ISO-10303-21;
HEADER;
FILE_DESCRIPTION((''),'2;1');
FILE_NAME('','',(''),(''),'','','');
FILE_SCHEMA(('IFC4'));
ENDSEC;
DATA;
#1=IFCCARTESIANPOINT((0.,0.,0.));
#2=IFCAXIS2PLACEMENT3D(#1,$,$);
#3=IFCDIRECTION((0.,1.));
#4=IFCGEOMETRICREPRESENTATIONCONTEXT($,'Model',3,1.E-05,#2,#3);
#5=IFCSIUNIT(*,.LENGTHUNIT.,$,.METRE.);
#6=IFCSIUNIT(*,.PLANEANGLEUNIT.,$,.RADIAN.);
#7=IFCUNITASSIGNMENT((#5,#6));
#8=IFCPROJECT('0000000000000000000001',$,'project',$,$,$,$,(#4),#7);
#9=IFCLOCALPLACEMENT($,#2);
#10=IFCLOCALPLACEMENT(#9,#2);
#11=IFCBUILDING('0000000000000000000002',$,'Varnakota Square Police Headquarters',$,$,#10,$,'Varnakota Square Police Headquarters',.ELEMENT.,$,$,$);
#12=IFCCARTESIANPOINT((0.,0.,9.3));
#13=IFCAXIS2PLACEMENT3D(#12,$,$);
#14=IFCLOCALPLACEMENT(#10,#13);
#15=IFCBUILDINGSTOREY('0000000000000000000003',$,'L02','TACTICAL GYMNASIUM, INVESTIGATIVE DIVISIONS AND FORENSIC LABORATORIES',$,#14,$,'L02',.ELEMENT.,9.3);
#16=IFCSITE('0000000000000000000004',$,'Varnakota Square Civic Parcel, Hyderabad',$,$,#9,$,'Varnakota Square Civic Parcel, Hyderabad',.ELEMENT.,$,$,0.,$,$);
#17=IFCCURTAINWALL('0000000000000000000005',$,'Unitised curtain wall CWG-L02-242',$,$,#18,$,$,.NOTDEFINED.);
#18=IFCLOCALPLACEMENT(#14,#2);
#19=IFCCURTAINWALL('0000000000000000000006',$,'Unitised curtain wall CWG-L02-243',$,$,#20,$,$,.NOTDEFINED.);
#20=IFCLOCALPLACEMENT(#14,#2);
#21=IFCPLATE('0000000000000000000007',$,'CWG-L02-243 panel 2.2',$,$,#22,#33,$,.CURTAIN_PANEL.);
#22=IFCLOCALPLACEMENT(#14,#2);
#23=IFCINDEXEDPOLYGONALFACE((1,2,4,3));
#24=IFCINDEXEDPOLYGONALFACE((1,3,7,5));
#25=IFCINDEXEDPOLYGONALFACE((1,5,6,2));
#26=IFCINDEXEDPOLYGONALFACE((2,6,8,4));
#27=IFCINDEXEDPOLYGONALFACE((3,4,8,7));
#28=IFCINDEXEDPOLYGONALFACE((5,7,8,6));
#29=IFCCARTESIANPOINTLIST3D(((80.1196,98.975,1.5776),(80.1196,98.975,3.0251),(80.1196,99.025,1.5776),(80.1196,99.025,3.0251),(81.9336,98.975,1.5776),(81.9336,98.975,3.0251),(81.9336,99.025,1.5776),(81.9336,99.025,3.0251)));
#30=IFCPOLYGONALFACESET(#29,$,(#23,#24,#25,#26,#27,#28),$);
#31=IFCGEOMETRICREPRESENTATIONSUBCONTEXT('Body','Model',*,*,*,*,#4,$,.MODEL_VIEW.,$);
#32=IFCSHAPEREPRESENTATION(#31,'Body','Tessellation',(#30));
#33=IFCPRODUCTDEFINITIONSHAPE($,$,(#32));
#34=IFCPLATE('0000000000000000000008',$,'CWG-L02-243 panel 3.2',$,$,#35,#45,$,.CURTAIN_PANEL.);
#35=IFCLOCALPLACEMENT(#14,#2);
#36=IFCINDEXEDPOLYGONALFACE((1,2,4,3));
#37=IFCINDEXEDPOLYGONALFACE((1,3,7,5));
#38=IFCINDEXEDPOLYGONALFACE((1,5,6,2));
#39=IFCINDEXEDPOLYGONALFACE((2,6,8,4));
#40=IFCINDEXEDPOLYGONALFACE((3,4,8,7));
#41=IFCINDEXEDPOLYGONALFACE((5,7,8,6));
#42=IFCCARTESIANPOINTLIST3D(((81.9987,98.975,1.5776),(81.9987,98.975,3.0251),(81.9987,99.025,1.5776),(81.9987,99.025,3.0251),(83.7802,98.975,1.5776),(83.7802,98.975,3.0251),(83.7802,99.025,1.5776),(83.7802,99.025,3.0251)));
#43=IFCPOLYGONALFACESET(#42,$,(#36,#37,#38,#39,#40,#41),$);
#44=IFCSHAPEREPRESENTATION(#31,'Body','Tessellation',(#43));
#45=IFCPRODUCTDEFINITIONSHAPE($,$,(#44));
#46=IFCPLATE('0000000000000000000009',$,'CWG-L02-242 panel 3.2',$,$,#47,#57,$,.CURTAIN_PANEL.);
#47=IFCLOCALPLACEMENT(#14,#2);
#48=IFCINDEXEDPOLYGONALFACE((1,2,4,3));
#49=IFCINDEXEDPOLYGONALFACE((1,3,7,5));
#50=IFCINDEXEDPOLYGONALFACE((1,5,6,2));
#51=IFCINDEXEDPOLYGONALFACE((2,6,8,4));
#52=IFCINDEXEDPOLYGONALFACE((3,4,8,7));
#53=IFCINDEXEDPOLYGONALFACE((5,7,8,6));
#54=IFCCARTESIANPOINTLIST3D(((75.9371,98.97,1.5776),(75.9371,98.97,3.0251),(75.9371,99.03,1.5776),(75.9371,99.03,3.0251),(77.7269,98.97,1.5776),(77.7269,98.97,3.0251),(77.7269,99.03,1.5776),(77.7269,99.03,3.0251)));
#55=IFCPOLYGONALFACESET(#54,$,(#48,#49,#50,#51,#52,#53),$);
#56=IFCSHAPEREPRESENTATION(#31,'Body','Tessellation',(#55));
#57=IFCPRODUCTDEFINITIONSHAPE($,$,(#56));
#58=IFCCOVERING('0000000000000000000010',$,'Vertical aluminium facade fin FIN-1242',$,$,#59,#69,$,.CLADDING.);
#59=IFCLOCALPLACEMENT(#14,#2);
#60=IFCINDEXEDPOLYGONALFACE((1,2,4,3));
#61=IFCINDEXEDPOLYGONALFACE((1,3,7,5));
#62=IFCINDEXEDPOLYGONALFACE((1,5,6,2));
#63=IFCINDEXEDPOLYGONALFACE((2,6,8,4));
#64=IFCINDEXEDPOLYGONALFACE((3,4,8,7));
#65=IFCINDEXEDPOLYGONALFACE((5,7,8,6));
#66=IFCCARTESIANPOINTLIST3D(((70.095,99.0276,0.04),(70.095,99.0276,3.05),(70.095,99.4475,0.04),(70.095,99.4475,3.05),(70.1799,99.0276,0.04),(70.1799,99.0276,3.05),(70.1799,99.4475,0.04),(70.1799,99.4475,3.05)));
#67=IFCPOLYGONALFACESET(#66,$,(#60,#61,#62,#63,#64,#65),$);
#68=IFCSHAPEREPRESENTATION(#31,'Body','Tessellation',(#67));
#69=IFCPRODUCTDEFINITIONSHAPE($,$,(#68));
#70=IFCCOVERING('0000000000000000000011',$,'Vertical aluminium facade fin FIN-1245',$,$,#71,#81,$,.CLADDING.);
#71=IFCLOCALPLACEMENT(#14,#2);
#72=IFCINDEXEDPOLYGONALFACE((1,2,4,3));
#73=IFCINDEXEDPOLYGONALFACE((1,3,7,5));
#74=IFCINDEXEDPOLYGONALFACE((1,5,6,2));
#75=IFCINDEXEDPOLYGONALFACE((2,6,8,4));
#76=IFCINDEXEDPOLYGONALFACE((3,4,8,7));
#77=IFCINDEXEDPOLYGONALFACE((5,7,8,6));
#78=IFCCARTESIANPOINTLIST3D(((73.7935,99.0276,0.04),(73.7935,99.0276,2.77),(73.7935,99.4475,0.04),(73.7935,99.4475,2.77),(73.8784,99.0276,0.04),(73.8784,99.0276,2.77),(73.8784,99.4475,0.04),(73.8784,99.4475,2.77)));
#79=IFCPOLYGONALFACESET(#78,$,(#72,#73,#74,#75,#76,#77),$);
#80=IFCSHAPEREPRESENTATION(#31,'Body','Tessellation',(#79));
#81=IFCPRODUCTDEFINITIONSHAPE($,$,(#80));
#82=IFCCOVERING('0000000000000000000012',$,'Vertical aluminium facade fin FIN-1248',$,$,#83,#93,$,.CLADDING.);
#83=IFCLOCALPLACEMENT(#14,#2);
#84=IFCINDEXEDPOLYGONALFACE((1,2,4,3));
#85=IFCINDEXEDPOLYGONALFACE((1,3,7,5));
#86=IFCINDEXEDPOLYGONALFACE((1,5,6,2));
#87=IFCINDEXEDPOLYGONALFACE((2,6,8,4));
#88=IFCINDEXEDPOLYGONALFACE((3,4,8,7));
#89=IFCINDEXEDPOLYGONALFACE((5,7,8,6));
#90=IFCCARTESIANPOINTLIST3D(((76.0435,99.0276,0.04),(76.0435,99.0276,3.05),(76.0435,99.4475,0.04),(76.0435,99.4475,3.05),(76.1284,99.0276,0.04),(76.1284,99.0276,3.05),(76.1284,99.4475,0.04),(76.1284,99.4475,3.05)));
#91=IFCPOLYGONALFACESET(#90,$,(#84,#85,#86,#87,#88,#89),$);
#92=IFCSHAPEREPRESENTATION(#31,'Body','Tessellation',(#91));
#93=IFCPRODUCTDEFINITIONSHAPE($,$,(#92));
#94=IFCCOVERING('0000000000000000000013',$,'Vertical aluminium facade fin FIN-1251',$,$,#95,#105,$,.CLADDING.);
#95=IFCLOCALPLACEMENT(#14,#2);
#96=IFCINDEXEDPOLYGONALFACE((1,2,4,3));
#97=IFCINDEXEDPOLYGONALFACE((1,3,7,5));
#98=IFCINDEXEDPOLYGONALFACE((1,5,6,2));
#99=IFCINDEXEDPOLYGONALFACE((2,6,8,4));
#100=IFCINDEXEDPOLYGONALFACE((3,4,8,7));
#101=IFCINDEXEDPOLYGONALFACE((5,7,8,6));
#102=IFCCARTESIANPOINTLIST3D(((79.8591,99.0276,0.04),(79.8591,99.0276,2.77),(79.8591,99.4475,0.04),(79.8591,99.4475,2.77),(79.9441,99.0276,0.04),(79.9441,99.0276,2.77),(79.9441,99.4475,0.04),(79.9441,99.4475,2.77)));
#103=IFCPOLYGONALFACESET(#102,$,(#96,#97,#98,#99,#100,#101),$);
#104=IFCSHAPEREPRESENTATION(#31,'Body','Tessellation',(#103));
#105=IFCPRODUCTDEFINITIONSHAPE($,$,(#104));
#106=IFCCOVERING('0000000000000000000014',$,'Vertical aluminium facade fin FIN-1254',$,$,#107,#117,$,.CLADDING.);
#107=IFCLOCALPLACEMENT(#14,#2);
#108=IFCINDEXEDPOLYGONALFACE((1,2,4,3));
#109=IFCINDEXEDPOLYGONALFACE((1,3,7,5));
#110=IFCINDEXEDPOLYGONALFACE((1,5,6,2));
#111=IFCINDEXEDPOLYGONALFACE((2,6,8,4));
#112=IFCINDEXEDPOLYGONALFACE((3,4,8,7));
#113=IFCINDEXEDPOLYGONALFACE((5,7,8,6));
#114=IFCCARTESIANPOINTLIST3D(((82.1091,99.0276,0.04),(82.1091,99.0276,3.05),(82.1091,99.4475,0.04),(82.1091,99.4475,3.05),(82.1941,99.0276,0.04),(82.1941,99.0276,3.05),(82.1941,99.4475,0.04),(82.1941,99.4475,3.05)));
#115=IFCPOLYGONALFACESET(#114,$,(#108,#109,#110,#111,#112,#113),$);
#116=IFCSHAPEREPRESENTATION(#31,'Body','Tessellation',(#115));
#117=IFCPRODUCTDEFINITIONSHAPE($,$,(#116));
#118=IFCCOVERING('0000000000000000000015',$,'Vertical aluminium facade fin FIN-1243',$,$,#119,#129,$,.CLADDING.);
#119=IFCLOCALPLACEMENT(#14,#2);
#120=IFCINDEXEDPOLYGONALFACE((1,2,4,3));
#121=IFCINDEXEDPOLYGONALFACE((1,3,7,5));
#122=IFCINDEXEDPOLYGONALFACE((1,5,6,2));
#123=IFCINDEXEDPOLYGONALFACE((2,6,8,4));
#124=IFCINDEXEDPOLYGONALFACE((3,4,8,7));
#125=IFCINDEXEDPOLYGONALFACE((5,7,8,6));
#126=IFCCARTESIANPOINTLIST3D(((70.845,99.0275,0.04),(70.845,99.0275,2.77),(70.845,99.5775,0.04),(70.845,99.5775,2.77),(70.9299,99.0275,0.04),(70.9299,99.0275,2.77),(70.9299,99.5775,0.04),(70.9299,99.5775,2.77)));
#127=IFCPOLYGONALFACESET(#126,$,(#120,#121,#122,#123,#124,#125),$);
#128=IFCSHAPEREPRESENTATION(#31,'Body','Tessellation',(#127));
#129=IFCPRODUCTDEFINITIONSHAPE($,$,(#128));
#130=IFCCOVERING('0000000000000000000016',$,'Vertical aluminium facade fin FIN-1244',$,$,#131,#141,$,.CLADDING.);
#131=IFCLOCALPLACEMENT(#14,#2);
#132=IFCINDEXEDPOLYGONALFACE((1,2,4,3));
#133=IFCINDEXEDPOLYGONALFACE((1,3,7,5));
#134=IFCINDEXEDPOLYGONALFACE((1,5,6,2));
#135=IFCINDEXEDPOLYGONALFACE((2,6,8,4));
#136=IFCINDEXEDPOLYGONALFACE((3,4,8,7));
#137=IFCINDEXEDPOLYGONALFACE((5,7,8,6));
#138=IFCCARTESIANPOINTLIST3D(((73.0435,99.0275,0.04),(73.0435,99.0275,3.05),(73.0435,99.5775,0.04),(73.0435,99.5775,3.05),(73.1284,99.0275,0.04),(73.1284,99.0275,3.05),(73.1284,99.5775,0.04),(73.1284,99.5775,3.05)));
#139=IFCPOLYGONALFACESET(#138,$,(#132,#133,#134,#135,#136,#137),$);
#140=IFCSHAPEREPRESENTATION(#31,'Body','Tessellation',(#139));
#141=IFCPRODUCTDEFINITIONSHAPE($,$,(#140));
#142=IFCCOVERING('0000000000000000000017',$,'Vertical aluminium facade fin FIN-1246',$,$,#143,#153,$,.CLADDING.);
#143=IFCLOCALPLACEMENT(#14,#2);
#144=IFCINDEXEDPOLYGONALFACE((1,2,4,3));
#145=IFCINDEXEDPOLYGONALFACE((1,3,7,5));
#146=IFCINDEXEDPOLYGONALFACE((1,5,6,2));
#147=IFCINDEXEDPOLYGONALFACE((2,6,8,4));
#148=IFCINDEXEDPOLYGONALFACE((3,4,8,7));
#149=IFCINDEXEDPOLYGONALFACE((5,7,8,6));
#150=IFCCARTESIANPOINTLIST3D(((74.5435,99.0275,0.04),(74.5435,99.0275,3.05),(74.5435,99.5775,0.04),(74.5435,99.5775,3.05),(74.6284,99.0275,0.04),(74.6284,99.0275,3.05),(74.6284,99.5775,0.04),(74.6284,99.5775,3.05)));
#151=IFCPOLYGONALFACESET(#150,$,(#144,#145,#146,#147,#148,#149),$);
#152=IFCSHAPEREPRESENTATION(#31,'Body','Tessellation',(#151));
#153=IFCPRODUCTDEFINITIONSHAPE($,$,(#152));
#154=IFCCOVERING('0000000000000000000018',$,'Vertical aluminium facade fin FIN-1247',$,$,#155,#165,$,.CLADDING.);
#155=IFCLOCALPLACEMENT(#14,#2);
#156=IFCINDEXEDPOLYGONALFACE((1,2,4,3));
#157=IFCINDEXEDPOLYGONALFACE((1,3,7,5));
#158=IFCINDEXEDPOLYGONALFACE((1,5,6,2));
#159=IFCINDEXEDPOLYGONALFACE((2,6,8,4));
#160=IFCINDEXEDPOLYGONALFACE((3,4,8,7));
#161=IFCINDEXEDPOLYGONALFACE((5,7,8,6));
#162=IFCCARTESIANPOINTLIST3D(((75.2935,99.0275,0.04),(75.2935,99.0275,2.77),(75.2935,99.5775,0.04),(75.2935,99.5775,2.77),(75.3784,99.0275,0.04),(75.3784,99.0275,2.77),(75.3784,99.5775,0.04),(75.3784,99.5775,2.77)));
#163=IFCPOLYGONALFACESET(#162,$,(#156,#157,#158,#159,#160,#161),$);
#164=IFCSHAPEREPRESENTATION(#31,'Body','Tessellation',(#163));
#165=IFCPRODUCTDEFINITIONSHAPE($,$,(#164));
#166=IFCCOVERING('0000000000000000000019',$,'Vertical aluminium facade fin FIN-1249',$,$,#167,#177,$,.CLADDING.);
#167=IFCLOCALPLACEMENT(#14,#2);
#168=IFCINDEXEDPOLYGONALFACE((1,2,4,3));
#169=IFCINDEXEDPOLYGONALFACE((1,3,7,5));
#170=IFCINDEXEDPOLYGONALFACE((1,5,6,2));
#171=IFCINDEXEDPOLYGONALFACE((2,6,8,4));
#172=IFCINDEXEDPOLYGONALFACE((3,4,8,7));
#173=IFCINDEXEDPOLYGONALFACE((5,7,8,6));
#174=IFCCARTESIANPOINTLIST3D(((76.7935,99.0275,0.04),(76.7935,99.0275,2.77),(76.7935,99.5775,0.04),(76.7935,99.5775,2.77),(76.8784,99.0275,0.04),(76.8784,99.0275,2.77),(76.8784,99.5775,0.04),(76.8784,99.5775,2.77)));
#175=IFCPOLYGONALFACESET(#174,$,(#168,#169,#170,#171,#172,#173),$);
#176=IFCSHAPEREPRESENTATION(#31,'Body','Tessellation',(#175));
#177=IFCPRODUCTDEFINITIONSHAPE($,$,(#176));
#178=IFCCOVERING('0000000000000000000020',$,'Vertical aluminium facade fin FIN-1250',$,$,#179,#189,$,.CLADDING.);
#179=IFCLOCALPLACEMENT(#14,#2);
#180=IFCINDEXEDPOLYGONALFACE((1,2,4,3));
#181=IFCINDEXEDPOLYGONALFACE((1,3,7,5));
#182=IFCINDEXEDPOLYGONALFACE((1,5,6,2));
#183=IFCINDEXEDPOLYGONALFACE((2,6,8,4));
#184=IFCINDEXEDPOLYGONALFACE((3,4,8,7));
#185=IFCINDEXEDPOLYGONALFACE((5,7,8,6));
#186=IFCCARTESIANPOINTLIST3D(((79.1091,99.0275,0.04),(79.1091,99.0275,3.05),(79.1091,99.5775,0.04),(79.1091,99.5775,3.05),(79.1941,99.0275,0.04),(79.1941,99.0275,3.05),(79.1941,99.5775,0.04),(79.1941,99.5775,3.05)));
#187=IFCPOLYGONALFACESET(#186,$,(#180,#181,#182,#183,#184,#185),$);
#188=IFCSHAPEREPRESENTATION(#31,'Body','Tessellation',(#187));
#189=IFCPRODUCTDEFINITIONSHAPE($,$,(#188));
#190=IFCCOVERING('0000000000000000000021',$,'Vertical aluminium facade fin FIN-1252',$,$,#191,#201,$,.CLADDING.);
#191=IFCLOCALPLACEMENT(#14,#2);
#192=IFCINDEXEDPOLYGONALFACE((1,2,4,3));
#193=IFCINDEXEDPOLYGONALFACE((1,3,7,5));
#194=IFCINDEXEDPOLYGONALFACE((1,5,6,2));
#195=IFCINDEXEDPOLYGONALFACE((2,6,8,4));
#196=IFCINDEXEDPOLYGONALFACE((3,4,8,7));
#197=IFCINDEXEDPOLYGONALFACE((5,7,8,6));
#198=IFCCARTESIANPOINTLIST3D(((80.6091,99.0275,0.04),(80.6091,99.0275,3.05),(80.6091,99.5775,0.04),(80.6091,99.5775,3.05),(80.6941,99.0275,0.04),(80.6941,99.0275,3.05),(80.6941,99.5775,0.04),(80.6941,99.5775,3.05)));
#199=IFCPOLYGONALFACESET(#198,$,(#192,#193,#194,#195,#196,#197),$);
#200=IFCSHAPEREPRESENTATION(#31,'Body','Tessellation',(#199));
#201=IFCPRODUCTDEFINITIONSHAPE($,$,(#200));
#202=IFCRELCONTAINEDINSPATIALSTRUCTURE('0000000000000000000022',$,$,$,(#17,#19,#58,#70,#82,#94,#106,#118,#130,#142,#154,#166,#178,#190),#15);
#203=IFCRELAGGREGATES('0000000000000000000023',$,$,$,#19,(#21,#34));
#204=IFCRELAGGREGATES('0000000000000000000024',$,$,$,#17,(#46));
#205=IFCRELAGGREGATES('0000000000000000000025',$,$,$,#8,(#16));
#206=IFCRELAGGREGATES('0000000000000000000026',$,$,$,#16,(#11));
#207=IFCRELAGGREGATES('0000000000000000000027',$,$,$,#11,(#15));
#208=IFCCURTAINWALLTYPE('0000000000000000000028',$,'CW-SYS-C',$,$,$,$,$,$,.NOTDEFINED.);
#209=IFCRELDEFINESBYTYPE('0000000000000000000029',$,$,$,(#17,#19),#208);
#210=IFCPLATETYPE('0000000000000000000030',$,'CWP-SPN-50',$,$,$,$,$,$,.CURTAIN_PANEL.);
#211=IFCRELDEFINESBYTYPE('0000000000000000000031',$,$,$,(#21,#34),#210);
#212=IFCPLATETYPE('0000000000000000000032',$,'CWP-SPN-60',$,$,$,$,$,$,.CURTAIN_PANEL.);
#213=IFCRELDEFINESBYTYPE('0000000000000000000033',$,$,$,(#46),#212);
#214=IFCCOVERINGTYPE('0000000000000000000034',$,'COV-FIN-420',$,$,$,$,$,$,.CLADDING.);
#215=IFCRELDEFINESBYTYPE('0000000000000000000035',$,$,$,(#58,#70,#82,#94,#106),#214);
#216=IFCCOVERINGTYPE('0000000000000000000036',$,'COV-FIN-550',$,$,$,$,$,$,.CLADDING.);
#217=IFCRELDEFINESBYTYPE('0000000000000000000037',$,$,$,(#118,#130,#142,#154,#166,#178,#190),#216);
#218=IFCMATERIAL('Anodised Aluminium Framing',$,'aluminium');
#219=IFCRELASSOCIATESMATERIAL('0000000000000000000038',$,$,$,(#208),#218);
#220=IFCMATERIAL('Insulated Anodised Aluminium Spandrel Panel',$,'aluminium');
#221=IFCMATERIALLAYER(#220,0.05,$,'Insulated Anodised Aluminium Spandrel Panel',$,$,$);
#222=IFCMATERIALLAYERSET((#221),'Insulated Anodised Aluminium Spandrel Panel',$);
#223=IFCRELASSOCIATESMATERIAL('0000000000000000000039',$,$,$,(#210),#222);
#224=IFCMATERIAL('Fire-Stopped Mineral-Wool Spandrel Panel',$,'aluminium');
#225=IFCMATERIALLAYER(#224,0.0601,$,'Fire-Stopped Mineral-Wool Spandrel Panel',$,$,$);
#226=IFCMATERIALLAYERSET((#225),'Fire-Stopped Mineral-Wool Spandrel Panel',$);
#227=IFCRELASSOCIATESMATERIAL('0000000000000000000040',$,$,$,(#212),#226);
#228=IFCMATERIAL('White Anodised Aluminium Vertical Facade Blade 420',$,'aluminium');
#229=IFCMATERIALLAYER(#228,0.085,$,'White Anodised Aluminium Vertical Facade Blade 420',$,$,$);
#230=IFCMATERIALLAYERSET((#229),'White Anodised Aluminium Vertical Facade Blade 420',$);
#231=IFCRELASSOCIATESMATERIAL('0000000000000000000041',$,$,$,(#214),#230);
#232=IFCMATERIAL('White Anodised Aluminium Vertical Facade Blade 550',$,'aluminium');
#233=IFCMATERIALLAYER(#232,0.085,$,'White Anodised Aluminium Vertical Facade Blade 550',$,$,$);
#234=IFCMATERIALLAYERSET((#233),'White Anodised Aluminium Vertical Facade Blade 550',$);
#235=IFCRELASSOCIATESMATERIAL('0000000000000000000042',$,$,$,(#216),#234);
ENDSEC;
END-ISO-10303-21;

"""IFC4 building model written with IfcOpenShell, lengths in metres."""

from ifc_helpers import new_model, si_unit, direction, frame, origin, origin_2d, place, context, subcontext, project, spatial, rectangle, extrude, material, layer, layer_set, type_object, element, aggregate, save


model = new_model("IFC4")

# Units and contexts
model_context = context("Model", 3, precision=1e-05, world=origin(), true_north=direction((0.0, 1.0)))
body_context = subcontext(model_context, "Body", "Model", "MODEL_VIEW")
ifc_project = project(units=[si_unit("LENGTHUNIT", "METRE"), si_unit("PLANEANGLEUNIT", "RADIAN")], contexts=[model_context])

# Site, building, storey
site_placement = place(None, origin())
site = spatial("IfcSite", under=ifc_project, at=site_placement, Name="Varnakota Square Civic Parcel, Hyderabad", LongName="Varnakota Square Civic Parcel, Hyderabad", CompositionType="ELEMENT", RefElevation=0.0)
building_placement = place(site_placement, origin())
building = spatial("IfcBuilding", under=site, at=building_placement, Name="Varnakota Square Police Headquarters", LongName="Varnakota Square Police Headquarters", CompositionType="ELEMENT")
storey_placement = place(building_placement, frame((0.0, 0.0, 9.3)))
storey = spatial("IfcBuildingStorey", under=building, at=storey_placement, Name="L02", Description="TACTICAL GYMNASIUM, INVESTIGATIVE DIVISIONS AND FORENSIC LABORATORIES", LongName="L02", CompositionType="ELEMENT", Elevation=9.3)

# Curtain wall
ifc_material_1 = material(Name="Anodised Aluminium Framing", Category="aluminium")
curtain_wall_type = type_object("IfcCurtainWallType", Name="CW-SYS-C", PredefinedType="NOTDEFINED", material=ifc_material_1)
curtain_wall_1_placement = place(storey_placement, origin())
curtain_wall_1 = element("IfcCurtainWall", 1, at=curtain_wall_1_placement, inside=storey, type_object=curtain_wall_type, Name="Unitised curtain wall CWG-L02-242", PredefinedType="NOTDEFINED")

# Curtain wall
curtain_wall_2_placement = place(storey_placement, origin())
curtain_wall_2 = element("IfcCurtainWall", 2, at=curtain_wall_2_placement, inside=storey, type_object=curtain_wall_type, Name="Unitised curtain wall CWG-L02-243", PredefinedType="NOTDEFINED")

# Plates
ifc_material_2 = material(Name="Insulated Anodised Aluminium Spandrel Panel", Category="aluminium")
ifc_layer_1 = layer(ifc_material_2, 0.05, Name="Insulated Anodised Aluminium Spandrel Panel")
ifc_layer_set_1 = layer_set([ifc_layer_1], Name="Insulated Anodised Aluminium Spandrel Panel")
plate_type_1 = type_object("IfcPlateType", Name="CWP-SPN-50", PredefinedType="CURTAIN_PANEL", material=ifc_layer_set_1)
plate_1_placement = place(storey_placement, frame((81.0266, 99.0, 1.5776), z_axis=(0.0, 0.0, 1.0), x_axis=(1.0, 0.0, 0.0)))
plate_1 = element("IfcPlate", 3, at=plate_1_placement, type_object=plate_type_1, Name="CWG-L02-243 panel 2.2", PredefinedType="CURTAIN_PANEL", context=body_context, shape_type="SweptSolid", body=[
    extrude(rectangle(XDim=1.814, YDim=0.05, at=origin_2d()), origin(), (0.0, 0.0, 1.0), 1.4475),
])
plate_2_placement = place(storey_placement, frame((82.8894, 99.0, 1.5776), z_axis=(0.0, 0.0, 1.0), x_axis=(1.0, 0.0, 0.0)))
plate_2 = element("IfcPlate", 4, at=plate_2_placement, type_object=plate_type_1, Name="CWG-L02-243 panel 3.2", PredefinedType="CURTAIN_PANEL", context=body_context, shape_type="SweptSolid", body=[
    extrude(rectangle(XDim=1.7815, YDim=0.05, at=origin_2d()), origin(), (0.0, 0.0, 1.0), 1.4475),
])
aggregate(curtain_wall_2, [plate_1, plate_2])
ifc_material_3 = material(Name="Fire-Stopped Mineral-Wool Spandrel Panel", Category="aluminium")
ifc_layer_2 = layer(ifc_material_3, 0.0601, Name="Fire-Stopped Mineral-Wool Spandrel Panel")
ifc_layer_set_2 = layer_set([ifc_layer_2], Name="Fire-Stopped Mineral-Wool Spandrel Panel")
plate_type_2 = type_object("IfcPlateType", Name="CWP-SPN-60", PredefinedType="CURTAIN_PANEL", material=ifc_layer_set_2)
plate_3_placement = place(storey_placement, frame((76.832, 99.0, 1.5776), z_axis=(0.0, 0.0, 1.0), x_axis=(1.0, 0.0, 0.0)))
plate_3 = element("IfcPlate", 5, at=plate_3_placement, type_object=plate_type_2, Name="CWG-L02-242 panel 3.2", PredefinedType="CURTAIN_PANEL", context=body_context, shape_type="SweptSolid", body=[
    extrude(rectangle(XDim=1.7898, YDim=0.0601, at=origin_2d()), origin(), (0.0, 0.0, 1.0), 1.4475),
])
aggregate(curtain_wall_1, [plate_3])

# Coverings
ifc_material_4 = material(Name="White Anodised Aluminium Vertical Facade Blade 420", Category="aluminium")
ifc_layer_3 = layer(ifc_material_4, 0.085, Name="White Anodised Aluminium Vertical Facade Blade 420")
ifc_layer_set_3 = layer_set([ifc_layer_3], Name="White Anodised Aluminium Vertical Facade Blade 420")
covering_type_1 = type_object("IfcCoveringType", Name="COV-FIN-420", PredefinedType="CLADDING", material=ifc_layer_set_3)
covering_1_placement = place(storey_placement, frame((70.1375, 99.2375, 0.04), z_axis=(0.0, 0.0, 1.0), x_axis=(1.0, 0.0, 0.0)))
element("IfcCovering", 6, at=covering_1_placement, inside=storey, type_object=covering_type_1, Name="Vertical aluminium facade fin FIN-1242", PredefinedType="CLADDING", context=body_context, shape_type="SweptSolid", body=[
    extrude(rectangle(XDim=0.085, YDim=0.4199, at=origin_2d()), origin(), (0.0, 0.0, 1.0), 3.01),
])
covering_2_placement = place(storey_placement, frame((73.8359, 99.2375, 0.04), z_axis=(0.0, 0.0, 1.0), x_axis=(1.0, 0.0, 0.0)))
element("IfcCovering", 7, at=covering_2_placement, inside=storey, type_object=covering_type_1, Name="Vertical aluminium facade fin FIN-1245", PredefinedType="CLADDING", context=body_context, shape_type="SweptSolid", body=[
    extrude(rectangle(XDim=0.085, YDim=0.4199, at=origin_2d()), origin(), (0.0, 0.0, 1.0), 2.73),
])
covering_3_placement = place(storey_placement, frame((76.0859, 99.2375, 0.04), z_axis=(0.0, 0.0, 1.0), x_axis=(1.0, 0.0, 0.0)))
element("IfcCovering", 8, at=covering_3_placement, inside=storey, type_object=covering_type_1, Name="Vertical aluminium facade fin FIN-1248", PredefinedType="CLADDING", context=body_context, shape_type="SweptSolid", body=[
    extrude(rectangle(XDim=0.085, YDim=0.4199, at=origin_2d()), origin(), (0.0, 0.0, 1.0), 3.01),
])
covering_4_placement = place(storey_placement, frame((79.9016, 99.2375, 0.04), z_axis=(0.0, 0.0, 1.0), x_axis=(1.0, 0.0, 0.0)))
element("IfcCovering", 9, at=covering_4_placement, inside=storey, type_object=covering_type_1, Name="Vertical aluminium facade fin FIN-1251", PredefinedType="CLADDING", context=body_context, shape_type="SweptSolid", body=[
    extrude(rectangle(XDim=0.085, YDim=0.4199, at=origin_2d()), origin(), (0.0, 0.0, 1.0), 2.73),
])
covering_5_placement = place(storey_placement, frame((82.1516, 99.2375, 0.04), z_axis=(0.0, 0.0, 1.0), x_axis=(1.0, 0.0, 0.0)))
element("IfcCovering", 10, at=covering_5_placement, inside=storey, type_object=covering_type_1, Name="Vertical aluminium facade fin FIN-1254", PredefinedType="CLADDING", context=body_context, shape_type="SweptSolid", body=[
    extrude(rectangle(XDim=0.085, YDim=0.4199, at=origin_2d()), origin(), (0.0, 0.0, 1.0), 3.01),
])
ifc_material_5 = material(Name="White Anodised Aluminium Vertical Facade Blade 550", Category="aluminium")
ifc_layer_4 = layer(ifc_material_5, 0.085, Name="White Anodised Aluminium Vertical Facade Blade 550")
ifc_layer_set_4 = layer_set([ifc_layer_4], Name="White Anodised Aluminium Vertical Facade Blade 550")
covering_type_2 = type_object("IfcCoveringType", Name="COV-FIN-550", PredefinedType="CLADDING", material=ifc_layer_set_4)
covering_6_placement = place(storey_placement, frame((70.8875, 99.3025, 0.04), z_axis=(0.0, 0.0, 1.0), x_axis=(1.0, 0.0, 0.0)))
element("IfcCovering", 11, at=covering_6_placement, inside=storey, type_object=covering_type_2, Name="Vertical aluminium facade fin FIN-1243", PredefinedType="CLADDING", context=body_context, shape_type="SweptSolid", body=[
    extrude(rectangle(XDim=0.085, YDim=0.55, at=origin_2d()), origin(), (0.0, 0.0, 1.0), 2.73),
])
for number, where, z_axis, x_axis, name in (
    (12, (73.0859, 99.3025, 0.04), (0.0, 0.0, 1.0), (1.0, 0.0, 0.0), "Vertical aluminium facade fin FIN-1244"),
    (13, (74.5859, 99.3025, 0.04), (0.0, 0.0, 1.0), (1.0, 0.0, 0.0), "Vertical aluminium facade fin FIN-1246"),
):
    element("IfcCovering", number, at=place(storey_placement, frame(where, z_axis=z_axis, x_axis=x_axis)), inside=storey, type_object=covering_type_2, Name=name, PredefinedType="CLADDING", context=body_context, shape_type="SweptSolid", body=[
        extrude(rectangle(XDim=0.085, YDim=0.55, at=origin_2d()), origin(), (0.0, 0.0, 1.0), 3.01),
    ])
for number, where, z_axis, x_axis, name in (
    (14, (75.3359, 99.3025, 0.04), (0.0, 0.0, 1.0), (1.0, 0.0, 0.0), "Vertical aluminium facade fin FIN-1247"),
    (15, (76.8359, 99.3025, 0.04), (0.0, 0.0, 1.0), (1.0, 0.0, 0.0), "Vertical aluminium facade fin FIN-1249"),
):
    element("IfcCovering", number, at=place(storey_placement, frame(where, z_axis=z_axis, x_axis=x_axis)), inside=storey, type_object=covering_type_2, Name=name, PredefinedType="CLADDING", context=body_context, shape_type="SweptSolid", body=[
        extrude(rectangle(XDim=0.085, YDim=0.55, at=origin_2d()), origin(), (0.0, 0.0, 1.0), 2.73),
    ])
for number, where, z_axis, x_axis, name in (
    (16, (79.1516, 99.3025, 0.04), (0.0, 0.0, 1.0), (1.0, 0.0, 0.0), "Vertical aluminium facade fin FIN-1250"),
    (17, (80.6516, 99.3025, 0.04), (0.0, 0.0, 1.0), (1.0, 0.0, 0.0), "Vertical aluminium facade fin FIN-1252"),
):
    element("IfcCovering", number, at=place(storey_placement, frame(where, z_axis=z_axis, x_axis=x_axis)), inside=storey, type_object=covering_type_2, Name=name, PredefinedType="CLADDING", context=body_context, shape_type="SweptSolid", body=[
        extrude(rectangle(XDim=0.085, YDim=0.55, at=origin_2d()), origin(), (0.0, 0.0, 1.0), 3.01),
    ])

save(model, "model.ifc")
